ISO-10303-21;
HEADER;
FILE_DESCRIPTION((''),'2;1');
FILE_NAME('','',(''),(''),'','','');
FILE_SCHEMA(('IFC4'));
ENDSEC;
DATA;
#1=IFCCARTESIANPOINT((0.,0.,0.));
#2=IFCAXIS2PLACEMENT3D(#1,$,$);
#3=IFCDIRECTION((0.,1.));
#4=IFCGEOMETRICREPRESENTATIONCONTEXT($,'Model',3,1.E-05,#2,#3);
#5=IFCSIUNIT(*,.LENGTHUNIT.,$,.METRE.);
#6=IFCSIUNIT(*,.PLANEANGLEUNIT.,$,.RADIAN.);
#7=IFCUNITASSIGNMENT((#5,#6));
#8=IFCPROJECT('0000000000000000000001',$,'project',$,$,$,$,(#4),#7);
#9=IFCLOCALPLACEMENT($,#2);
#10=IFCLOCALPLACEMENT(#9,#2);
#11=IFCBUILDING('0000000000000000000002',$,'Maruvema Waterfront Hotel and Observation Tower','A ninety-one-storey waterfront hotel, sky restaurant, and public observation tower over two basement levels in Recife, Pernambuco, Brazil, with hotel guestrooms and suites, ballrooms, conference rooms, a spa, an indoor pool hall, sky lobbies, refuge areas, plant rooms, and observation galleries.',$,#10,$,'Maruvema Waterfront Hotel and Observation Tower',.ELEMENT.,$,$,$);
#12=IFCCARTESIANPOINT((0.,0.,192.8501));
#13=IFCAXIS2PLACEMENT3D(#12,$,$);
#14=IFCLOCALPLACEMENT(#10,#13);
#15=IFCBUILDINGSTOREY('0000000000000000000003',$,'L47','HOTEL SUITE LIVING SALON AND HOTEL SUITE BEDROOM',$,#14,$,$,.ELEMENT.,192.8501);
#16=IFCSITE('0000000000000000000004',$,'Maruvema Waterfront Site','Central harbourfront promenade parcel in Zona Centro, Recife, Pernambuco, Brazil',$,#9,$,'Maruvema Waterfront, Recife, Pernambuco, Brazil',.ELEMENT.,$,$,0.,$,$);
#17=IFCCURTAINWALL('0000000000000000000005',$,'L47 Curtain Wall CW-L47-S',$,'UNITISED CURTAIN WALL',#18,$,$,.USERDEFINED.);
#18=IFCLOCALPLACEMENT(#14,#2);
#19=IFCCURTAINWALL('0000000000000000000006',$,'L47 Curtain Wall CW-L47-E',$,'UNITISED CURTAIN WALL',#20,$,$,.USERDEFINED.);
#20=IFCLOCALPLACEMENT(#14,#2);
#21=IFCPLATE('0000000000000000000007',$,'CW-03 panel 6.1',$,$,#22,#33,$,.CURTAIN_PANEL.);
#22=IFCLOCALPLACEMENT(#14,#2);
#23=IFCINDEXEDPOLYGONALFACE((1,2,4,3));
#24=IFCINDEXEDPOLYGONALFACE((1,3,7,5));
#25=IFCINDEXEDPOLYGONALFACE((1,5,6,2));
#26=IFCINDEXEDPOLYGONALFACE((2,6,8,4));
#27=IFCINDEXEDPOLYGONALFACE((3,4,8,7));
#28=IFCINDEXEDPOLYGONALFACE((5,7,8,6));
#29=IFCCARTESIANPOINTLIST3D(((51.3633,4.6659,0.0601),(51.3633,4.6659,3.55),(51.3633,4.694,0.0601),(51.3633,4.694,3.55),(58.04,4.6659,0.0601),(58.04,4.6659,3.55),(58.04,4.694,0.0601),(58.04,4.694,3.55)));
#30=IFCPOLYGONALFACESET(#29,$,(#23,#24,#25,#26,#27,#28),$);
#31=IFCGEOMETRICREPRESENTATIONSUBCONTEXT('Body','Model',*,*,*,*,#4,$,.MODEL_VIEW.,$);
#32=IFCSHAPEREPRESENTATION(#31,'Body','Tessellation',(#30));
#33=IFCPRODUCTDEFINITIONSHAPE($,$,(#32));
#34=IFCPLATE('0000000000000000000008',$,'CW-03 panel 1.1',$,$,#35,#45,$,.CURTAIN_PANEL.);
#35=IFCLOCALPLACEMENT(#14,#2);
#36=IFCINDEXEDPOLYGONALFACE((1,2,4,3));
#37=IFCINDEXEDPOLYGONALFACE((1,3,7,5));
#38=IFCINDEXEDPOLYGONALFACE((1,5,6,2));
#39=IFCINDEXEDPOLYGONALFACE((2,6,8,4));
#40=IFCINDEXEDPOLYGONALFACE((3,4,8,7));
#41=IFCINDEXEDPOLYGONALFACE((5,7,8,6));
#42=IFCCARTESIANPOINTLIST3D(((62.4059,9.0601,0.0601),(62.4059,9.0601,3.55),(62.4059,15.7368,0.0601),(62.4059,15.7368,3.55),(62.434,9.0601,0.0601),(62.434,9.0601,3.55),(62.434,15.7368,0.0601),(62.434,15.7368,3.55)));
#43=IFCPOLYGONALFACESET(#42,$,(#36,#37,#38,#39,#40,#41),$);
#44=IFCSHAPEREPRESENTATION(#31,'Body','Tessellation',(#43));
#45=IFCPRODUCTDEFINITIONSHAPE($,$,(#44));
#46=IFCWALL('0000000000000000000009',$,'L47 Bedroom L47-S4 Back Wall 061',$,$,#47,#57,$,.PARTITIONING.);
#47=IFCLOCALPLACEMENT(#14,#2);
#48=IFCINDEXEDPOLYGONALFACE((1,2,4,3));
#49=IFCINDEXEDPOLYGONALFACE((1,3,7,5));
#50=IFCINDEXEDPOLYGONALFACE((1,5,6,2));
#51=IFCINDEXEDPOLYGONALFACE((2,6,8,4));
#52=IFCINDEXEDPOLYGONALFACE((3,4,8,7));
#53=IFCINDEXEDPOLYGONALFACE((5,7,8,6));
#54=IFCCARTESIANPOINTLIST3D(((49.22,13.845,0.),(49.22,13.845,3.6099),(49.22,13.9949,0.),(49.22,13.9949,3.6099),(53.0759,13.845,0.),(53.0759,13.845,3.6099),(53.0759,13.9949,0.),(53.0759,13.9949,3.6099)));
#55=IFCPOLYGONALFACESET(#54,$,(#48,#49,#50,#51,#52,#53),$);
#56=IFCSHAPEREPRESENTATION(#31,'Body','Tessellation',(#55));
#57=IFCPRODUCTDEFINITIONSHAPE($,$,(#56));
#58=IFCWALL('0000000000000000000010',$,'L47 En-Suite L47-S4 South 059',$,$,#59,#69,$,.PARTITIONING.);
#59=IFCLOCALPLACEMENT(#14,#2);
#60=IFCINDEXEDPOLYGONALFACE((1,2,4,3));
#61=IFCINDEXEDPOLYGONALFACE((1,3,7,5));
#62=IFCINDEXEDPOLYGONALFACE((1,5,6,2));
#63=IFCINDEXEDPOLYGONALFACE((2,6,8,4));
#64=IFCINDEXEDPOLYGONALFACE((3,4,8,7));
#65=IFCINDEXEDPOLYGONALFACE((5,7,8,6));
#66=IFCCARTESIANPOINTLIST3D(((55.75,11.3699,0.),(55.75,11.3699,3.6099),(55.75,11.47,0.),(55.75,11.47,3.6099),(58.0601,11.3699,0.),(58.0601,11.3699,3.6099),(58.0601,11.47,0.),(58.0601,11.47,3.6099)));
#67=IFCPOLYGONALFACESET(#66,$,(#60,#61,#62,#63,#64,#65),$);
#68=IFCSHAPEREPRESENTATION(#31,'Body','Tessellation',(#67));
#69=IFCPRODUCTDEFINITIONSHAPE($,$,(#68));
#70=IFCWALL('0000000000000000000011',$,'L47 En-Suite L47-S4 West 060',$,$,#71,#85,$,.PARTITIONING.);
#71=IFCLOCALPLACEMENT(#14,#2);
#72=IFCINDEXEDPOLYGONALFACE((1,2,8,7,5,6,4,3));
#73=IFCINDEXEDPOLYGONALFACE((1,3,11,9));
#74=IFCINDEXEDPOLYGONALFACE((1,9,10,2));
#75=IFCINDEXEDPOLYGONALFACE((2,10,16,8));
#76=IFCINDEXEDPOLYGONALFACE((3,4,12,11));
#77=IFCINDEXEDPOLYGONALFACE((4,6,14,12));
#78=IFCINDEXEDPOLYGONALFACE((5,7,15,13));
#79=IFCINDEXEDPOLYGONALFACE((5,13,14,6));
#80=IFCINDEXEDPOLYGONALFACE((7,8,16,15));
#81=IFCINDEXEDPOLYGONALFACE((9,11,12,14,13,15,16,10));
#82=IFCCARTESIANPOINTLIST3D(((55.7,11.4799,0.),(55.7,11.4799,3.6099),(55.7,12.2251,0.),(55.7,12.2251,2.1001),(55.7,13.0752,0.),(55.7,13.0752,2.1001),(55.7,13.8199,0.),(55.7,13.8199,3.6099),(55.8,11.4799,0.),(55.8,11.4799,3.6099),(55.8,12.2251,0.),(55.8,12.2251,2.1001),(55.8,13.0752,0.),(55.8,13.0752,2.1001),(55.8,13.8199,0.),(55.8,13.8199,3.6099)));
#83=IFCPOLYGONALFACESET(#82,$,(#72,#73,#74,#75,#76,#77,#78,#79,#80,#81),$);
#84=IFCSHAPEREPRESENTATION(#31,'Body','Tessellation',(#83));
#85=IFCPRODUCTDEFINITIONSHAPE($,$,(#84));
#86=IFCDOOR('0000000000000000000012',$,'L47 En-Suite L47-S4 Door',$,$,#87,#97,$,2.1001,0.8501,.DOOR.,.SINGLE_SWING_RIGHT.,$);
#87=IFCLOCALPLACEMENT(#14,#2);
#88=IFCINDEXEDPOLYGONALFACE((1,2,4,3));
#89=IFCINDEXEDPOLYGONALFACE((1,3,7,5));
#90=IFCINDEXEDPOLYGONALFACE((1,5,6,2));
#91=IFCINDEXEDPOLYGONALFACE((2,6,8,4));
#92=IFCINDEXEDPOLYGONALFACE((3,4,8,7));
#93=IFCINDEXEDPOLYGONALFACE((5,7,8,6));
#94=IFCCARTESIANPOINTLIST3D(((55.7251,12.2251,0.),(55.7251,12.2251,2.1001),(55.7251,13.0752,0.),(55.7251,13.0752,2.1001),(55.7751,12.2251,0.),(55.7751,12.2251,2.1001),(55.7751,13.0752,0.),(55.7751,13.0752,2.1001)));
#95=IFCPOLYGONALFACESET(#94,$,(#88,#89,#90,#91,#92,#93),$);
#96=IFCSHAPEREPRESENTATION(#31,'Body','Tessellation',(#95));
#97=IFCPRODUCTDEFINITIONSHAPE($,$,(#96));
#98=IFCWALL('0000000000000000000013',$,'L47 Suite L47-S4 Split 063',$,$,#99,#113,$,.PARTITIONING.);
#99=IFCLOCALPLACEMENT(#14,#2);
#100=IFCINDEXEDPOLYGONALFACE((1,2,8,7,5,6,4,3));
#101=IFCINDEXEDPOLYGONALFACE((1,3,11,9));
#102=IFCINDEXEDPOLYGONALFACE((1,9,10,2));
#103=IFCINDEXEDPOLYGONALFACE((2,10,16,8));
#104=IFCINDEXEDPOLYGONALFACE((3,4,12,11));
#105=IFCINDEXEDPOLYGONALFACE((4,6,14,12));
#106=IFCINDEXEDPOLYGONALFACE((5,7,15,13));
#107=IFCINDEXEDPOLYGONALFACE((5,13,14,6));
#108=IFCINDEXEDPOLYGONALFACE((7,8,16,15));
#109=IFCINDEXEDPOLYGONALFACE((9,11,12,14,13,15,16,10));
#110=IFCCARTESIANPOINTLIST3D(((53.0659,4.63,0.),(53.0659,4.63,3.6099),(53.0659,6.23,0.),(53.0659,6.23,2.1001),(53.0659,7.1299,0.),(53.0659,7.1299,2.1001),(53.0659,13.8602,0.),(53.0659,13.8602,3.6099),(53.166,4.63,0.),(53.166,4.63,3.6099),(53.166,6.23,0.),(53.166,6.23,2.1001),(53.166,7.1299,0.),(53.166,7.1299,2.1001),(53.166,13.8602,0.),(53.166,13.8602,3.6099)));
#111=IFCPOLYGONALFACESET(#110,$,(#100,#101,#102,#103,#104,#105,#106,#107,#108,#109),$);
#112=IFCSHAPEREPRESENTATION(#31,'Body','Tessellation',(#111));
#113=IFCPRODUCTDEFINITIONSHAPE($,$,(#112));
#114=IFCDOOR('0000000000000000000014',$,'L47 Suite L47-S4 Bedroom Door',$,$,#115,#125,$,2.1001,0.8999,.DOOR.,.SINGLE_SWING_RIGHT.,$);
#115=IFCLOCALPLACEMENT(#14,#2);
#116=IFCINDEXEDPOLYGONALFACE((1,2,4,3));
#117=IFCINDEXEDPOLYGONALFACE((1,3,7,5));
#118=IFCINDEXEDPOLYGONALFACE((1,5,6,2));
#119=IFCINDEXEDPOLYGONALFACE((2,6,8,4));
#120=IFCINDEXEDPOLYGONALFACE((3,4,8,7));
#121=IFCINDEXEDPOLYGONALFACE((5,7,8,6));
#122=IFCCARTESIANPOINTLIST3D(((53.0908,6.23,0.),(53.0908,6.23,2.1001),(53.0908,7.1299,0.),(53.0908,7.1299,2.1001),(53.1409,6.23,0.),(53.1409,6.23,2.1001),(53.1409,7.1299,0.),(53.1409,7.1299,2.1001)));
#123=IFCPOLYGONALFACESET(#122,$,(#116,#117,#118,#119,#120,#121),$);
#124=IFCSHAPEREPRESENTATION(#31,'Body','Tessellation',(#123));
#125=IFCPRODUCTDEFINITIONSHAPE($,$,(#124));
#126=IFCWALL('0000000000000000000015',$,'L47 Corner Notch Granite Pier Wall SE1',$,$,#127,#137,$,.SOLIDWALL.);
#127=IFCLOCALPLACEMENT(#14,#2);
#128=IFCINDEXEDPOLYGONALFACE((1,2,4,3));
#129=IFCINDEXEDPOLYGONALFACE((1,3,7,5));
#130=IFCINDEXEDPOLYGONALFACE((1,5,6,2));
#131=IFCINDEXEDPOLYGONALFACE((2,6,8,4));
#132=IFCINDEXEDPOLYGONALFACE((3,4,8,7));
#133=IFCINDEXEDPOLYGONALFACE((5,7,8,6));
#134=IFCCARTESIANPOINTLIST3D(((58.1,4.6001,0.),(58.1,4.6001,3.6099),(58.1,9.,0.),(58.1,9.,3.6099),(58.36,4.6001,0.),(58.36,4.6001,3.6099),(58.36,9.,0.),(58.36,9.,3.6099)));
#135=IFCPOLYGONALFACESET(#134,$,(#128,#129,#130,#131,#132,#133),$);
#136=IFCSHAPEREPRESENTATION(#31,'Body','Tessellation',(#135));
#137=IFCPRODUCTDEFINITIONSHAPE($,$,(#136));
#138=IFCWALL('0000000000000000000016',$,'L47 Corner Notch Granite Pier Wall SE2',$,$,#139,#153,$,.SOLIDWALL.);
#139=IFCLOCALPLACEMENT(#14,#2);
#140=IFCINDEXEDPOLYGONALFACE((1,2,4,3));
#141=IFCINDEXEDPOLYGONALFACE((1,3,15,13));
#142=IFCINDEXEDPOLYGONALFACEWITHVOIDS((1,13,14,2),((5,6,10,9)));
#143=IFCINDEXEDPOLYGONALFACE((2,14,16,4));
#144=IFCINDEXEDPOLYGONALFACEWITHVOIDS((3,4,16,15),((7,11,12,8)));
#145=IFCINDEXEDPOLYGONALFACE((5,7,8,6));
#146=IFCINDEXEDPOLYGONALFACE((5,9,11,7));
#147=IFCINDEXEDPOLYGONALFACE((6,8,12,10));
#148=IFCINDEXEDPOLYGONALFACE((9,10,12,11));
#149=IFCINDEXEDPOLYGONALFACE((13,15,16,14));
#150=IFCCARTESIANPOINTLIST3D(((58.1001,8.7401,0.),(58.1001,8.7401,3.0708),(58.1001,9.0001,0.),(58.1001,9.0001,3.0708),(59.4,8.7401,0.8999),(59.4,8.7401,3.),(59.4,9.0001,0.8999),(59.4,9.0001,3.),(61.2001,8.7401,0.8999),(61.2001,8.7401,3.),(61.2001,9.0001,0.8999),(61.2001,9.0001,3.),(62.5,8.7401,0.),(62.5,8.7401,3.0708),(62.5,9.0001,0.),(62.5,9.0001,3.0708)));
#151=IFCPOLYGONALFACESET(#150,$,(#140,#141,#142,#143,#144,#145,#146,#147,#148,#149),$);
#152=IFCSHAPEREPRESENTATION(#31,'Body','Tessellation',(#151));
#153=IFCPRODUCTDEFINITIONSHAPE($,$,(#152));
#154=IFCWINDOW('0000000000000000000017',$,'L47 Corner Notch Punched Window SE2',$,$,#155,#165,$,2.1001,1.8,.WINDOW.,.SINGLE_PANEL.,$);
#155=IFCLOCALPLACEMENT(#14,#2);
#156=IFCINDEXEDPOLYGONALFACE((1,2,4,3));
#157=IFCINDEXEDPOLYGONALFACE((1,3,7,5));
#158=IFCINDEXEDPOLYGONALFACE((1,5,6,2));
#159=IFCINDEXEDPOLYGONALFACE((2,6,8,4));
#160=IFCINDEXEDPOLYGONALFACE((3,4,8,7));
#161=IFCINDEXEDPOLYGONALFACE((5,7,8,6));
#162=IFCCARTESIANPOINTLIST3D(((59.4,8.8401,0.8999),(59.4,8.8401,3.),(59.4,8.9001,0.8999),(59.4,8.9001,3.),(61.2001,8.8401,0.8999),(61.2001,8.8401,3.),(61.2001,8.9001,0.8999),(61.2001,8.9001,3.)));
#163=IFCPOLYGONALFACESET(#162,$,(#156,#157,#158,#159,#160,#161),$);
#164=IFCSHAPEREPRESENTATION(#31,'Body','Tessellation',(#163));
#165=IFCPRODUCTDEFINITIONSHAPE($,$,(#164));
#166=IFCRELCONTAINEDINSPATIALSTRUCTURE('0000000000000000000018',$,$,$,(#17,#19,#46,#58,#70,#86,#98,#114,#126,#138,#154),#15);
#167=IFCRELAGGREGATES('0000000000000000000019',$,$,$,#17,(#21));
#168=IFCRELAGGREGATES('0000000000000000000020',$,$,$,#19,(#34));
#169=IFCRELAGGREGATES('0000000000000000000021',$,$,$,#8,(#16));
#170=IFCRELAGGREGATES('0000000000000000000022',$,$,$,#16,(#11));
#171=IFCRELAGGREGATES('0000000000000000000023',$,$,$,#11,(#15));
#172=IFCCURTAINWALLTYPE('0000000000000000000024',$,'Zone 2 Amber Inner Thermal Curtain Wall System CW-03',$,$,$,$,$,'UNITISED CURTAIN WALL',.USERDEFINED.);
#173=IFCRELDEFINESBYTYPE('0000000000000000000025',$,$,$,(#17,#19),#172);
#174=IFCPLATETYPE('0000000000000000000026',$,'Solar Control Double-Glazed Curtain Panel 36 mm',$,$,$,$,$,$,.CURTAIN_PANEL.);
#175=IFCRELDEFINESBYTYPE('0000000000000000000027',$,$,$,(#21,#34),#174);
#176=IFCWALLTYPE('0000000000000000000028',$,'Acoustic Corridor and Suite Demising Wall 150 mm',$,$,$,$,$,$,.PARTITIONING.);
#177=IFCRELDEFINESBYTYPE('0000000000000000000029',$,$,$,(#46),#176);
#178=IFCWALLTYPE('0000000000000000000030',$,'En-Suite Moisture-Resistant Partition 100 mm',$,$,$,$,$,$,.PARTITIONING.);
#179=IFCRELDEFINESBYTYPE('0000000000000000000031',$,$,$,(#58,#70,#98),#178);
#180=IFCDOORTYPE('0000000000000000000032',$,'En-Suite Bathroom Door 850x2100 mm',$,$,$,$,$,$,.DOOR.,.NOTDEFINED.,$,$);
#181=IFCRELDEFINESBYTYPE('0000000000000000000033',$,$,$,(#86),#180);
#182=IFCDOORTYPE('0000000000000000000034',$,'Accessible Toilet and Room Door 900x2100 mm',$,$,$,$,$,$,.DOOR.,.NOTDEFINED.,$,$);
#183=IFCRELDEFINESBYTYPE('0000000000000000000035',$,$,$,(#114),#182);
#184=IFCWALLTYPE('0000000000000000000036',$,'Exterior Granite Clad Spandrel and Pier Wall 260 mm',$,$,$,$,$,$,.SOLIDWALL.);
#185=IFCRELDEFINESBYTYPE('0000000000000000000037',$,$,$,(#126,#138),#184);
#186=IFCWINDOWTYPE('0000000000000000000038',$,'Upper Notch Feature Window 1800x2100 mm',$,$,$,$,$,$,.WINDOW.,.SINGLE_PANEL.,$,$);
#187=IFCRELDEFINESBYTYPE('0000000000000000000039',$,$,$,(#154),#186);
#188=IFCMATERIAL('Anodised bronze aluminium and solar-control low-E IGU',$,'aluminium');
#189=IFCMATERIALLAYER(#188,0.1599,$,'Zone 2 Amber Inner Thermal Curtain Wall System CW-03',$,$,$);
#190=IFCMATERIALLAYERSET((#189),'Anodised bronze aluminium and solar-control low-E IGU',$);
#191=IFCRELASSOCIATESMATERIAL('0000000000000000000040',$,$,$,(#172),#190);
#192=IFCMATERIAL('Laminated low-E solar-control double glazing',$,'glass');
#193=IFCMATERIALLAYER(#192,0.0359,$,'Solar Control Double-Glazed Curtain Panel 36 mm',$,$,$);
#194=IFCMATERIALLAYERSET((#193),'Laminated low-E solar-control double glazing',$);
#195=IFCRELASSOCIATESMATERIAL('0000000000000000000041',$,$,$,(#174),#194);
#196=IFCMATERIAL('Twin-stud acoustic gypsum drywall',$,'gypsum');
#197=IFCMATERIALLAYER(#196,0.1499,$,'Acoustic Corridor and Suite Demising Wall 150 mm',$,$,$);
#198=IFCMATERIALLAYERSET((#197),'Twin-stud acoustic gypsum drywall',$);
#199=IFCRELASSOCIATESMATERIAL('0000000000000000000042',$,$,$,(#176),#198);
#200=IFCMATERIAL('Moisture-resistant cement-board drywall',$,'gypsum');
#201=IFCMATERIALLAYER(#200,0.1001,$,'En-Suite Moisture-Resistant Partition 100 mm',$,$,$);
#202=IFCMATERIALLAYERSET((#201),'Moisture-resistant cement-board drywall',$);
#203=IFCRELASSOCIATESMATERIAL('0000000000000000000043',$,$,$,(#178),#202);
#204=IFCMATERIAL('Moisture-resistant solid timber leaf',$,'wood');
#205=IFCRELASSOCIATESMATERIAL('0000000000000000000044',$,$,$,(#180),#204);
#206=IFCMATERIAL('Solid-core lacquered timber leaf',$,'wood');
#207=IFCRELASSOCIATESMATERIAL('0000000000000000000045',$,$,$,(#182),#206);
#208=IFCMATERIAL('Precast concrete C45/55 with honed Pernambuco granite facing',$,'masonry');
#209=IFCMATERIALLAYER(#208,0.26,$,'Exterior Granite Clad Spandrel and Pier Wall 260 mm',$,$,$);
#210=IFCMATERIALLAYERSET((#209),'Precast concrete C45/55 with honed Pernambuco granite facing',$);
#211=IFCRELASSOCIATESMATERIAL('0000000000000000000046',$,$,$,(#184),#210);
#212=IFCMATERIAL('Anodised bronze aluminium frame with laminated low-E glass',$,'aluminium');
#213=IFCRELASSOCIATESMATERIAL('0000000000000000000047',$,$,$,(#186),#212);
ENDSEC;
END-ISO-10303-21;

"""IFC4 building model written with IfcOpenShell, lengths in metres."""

from ifc_helpers import new_model, si_unit, direction, frame, frame_2d, origin, origin_2d, place, context, subcontext, project, spatial, rectangle, extrude, material, layer, layer_set, type_object, element, fill, aggregate, save


model = new_model("IFC4")

# Units and contexts
model_context = context("Model", 3, precision=1e-05, world=origin(), true_north=direction((0.0, 1.0)))
body_context = subcontext(model_context, "Body", "Model", "MODEL_VIEW")
ifc_project = project(units=[si_unit("LENGTHUNIT", "METRE"), si_unit("PLANEANGLEUNIT", "RADIAN")], contexts=[model_context])

# Site, building, storey
site_placement = place(None, origin())
site = spatial("IfcSite", under=ifc_project, at=site_placement, Name="Maruvema Waterfront Site", Description="Central harbourfront promenade parcel in Zona Centro, Recife, Pernambuco, Brazil", LongName="Maruvema Waterfront, Recife, Pernambuco, Brazil", CompositionType="ELEMENT", RefElevation=0.0)
building_placement = place(site_placement, origin())
building = spatial("IfcBuilding", under=site, at=building_placement, Name="Maruvema Waterfront Hotel and Observation Tower", Description="A ninety-one-storey waterfront hotel, sky restaurant, and public observation tower over two basement levels in Recife, Pernambuco, Brazil, with hotel guestrooms and suites, ballrooms, conference rooms, a spa, an indoor pool hall, sky lobbies, refuge areas, plant rooms, and observation galleries.", LongName="Maruvema Waterfront Hotel and Observation Tower", CompositionType="ELEMENT")
storey_placement = place(building_placement, frame((0.0, 0.0, 192.8501)))
storey = spatial("IfcBuildingStorey", under=building, at=storey_placement, Name="L47", Description="HOTEL SUITE LIVING SALON AND HOTEL SUITE BEDROOM", CompositionType="ELEMENT", Elevation=192.8501)

# Curtain walls
ifc_material_1 = material(Name="Anodised bronze aluminium and solar-control low-E IGU", Category="aluminium")
ifc_layer_1 = layer(ifc_material_1, 0.1599, Name="Zone 2 Amber Inner Thermal Curtain Wall System CW-03")
ifc_layer_set_1 = layer_set([ifc_layer_1], Name="Anodised bronze aluminium and solar-control low-E IGU")
curtain_wall_type = type_object("IfcCurtainWallType", Name="Zone 2 Amber Inner Thermal Curtain Wall System CW-03", ElementType="UNITISED CURTAIN WALL", PredefinedType="USERDEFINED", material=ifc_layer_set_1)
curtain_wall_1_placement = place(storey_placement, origin())
curtain_wall_1 = element("IfcCurtainWall", 1, at=curtain_wall_1_placement, inside=storey, type_object=curtain_wall_type, Name="L47 Curtain Wall CW-L47-S", ObjectType="UNITISED CURTAIN WALL", PredefinedType="USERDEFINED")
curtain_wall_2_placement = place(storey_placement, origin())
curtain_wall_2 = element("IfcCurtainWall", 2, at=curtain_wall_2_placement, inside=storey, type_object=curtain_wall_type, Name="L47 Curtain Wall CW-L47-E", ObjectType="UNITISED CURTAIN WALL", PredefinedType="USERDEFINED")

# Plates
ifc_material_2 = material(Name="Laminated low-E solar-control double glazing", Category="glass")
ifc_layer_2 = layer(ifc_material_2, 0.0359, Name="Solar Control Double-Glazed Curtain Panel 36 mm")
ifc_layer_set_2 = layer_set([ifc_layer_2], Name="Laminated low-E solar-control double glazing")
plate_type = type_object("IfcPlateType", Name="Solar Control Double-Glazed Curtain Panel 36 mm", PredefinedType="CURTAIN_PANEL", material=ifc_layer_set_2)
plate_1_placement = place(storey_placement, frame((54.7017, 4.6799, 0.0601), z_axis=(0.0, 0.0, 1.0), x_axis=(1.0, 0.0, 0.0)))
plate_1 = element("IfcPlate", 3, at=plate_1_placement, type_object=plate_type, Name="CW-03 panel 6.1", PredefinedType="CURTAIN_PANEL", context=body_context, shape_type="SweptSolid", body=[
    extrude(rectangle(XDim=6.6768, YDim=0.0281, at=origin_2d()), origin(), (0.0, 0.0, 1.0), 3.49),
])
aggregate(curtain_wall_1, [plate_1])
plate_2_placement = place(storey_placement, frame((62.4199, 12.3984, 0.0601), z_axis=(0.0, 0.0, 1.0), x_axis=(0.0, 1.0, 0.0)))
plate_2 = element("IfcPlate", 4, at=plate_2_placement, type_object=plate_type, Name="CW-03 panel 1.1", PredefinedType="CURTAIN_PANEL", context=body_context, shape_type="SweptSolid", body=[
    extrude(rectangle(XDim=6.6768, YDim=0.0281, at=origin_2d()), origin(), (0.0, 0.0, 1.0), 3.49),
])
aggregate(curtain_wall_2, [plate_2])

# Walls
ifc_material_3 = material(Name="Twin-stud acoustic gypsum drywall", Category="gypsum")
ifc_layer_3 = layer(ifc_material_3, 0.1499, Name="Acoustic Corridor and Suite Demising Wall 150 mm")
ifc_layer_set_3 = layer_set([ifc_layer_3], Name="Twin-stud acoustic gypsum drywall")
wall_type_1 = type_object("IfcWallType", Name="Acoustic Corridor and Suite Demising Wall 150 mm", PredefinedType="PARTITIONING", material=ifc_layer_set_3)
wall_1_placement = place(storey_placement, frame((49.22, 13.9199, 0.0), z_axis=(0.0, 0.0, 1.0), x_axis=(1.0, 0.0, 0.0)))
element("IfcWall", 5, at=wall_1_placement, inside=storey, type_object=wall_type_1, Name="L47 Bedroom L47-S4 Back Wall 061", PredefinedType="PARTITIONING", context=body_context, shape_type="SweptSolid", body=[
    extrude(rectangle(XDim=3.856, YDim=0.1499, at=frame_2d((1.928, 0.0))), origin(), (0.0, 0.0, 1.0), 3.6099),
])
ifc_material_4 = material(Name="Moisture-resistant cement-board drywall", Category="gypsum")
ifc_layer_4 = layer(ifc_material_4, 0.1001, Name="En-Suite Moisture-Resistant Partition 100 mm")
ifc_layer_set_4 = layer_set([ifc_layer_4], Name="Moisture-resistant cement-board drywall")
wall_type_2 = type_object("IfcWallType", Name="En-Suite Moisture-Resistant Partition 100 mm", PredefinedType="PARTITIONING", material=ifc_layer_set_4)
wall_2_placement = place(storey_placement, frame((55.75, 11.4199, 0.0), z_axis=(0.0, 0.0, 1.0), x_axis=(1.0, 0.0, 0.0)))
element("IfcWall", 6, at=wall_2_placement, inside=storey, type_object=wall_type_2, Name="L47 En-Suite L47-S4 South 059", PredefinedType="PARTITIONING", context=body_context, shape_type="SweptSolid", body=[
    extrude(rectangle(XDim=2.3101, YDim=0.1001, at=frame_2d((1.155, 0.0))), origin(), (0.0, 0.0, 1.0), 3.6099),
])

# Walls, openings, doors
wall_3_placement = place(storey_placement, frame((55.75, 11.48, 0.0), z_axis=(0.0, 0.0, 1.0), x_axis=(0.0, 1.0, 0.0)))
wall_3 = element("IfcWall", 7, at=wall_3_placement, inside=storey, type_object=wall_type_2, Name="L47 En-Suite L47-S4 West 060", PredefinedType="PARTITIONING", context=body_context, shape_type="SweptSolid", body=[
    extrude(rectangle(XDim=2.3401, YDim=0.1001, at=frame_2d((1.1699, 0.0))), origin(), (0.0, 0.0, 1.0), 3.6099),
])
opening_1_placement = place(wall_3_placement, frame((0.7451, 0.0, 0.0)))
opening_1 = element("IfcOpeningElement", 8, at=opening_1_placement, cuts=wall_3, PredefinedType="OPENING", context=body_context, shape_type="SweptSolid", body=[
    extrude(rectangle(XDim=0.8501, YDim=2.1001, at=frame_2d((0.425, 1.05))), frame((0.0, 0.0601, 0.0), z_axis=(0.0, -1.0, 0.0), x_axis=(1.0, 0.0, 0.0)), (0.0, 0.0, 1.0), 0.1201),
])
ifc_material_5 = material(Name="Moisture-resistant solid timber leaf", Category="wood")
door_type_1 = type_object("IfcDoorType", Name="En-Suite Bathroom Door 850x2100 mm", OperationType="NOTDEFINED", PredefinedType="DOOR", material=ifc_material_5)
door_1_placement = place(opening_1_placement, origin())
door_1 = element("IfcDoor", 9, at=door_1_placement, inside=storey, type_object=door_type_1, Name="L47 En-Suite L47-S4 Door", OperationType="SINGLE_SWING_RIGHT", OverallHeight=2.1001, OverallWidth=0.8501, PredefinedType="DOOR", context=body_context, shape_type="SweptSolid", body=[
    extrude(rectangle(XDim=0.8501, YDim=2.1001, at=frame_2d((0.425, 1.05))), frame((0.0, 0.0249, 0.0), z_axis=(0.0, -1.0, 0.0), x_axis=(1.0, 0.0, 0.0)), (0.0, 0.0, 1.0), 0.05),
])
fill(opening_1, door_1)
wall_4_placement = place(storey_placement, frame((53.116, 4.6299, 0.0), z_axis=(0.0, 0.0, 1.0), x_axis=(0.0, 1.0, 0.0)))
wall_4 = element("IfcWall", 10, at=wall_4_placement, inside=storey, type_object=wall_type_2, Name="L47 Suite L47-S4 Split 063", PredefinedType="PARTITIONING", context=body_context, shape_type="SweptSolid", body=[
    extrude(rectangle(XDim=9.2302, YDim=0.1001, at=frame_2d((4.6152, 0.0))), origin(), (0.0, 0.0, 1.0), 3.6099),
])
opening_2_placement = place(wall_4_placement, frame((1.6001, 0.0, 0.0)))
opening_2 = element("IfcOpeningElement", 11, at=opening_2_placement, cuts=wall_4, PredefinedType="OPENING", context=body_context, shape_type="SweptSolid", body=[
    extrude(rectangle(XDim=0.8999, YDim=2.1001, at=frame_2d((0.45, 1.05))), frame((0.0, 0.0601, 0.0), z_axis=(0.0, -1.0, 0.0), x_axis=(1.0, 0.0, 0.0)), (0.0, 0.0, 1.0), 0.1201),
])
ifc_material_6 = material(Name="Solid-core lacquered timber leaf", Category="wood")
door_type_2 = type_object("IfcDoorType", Name="Accessible Toilet and Room Door 900x2100 mm", OperationType="NOTDEFINED", PredefinedType="DOOR", material=ifc_material_6)
door_2_placement = place(opening_2_placement, frame((0.8999, 0.0, 0.0), z_axis=(0.0, 0.0, 1.0), x_axis=(-1.0, 0.0, 0.0)))
door_2 = element("IfcDoor", 12, at=door_2_placement, inside=storey, type_object=door_type_2, Name="L47 Suite L47-S4 Bedroom Door", OperationType="SINGLE_SWING_RIGHT", OverallHeight=2.1001, OverallWidth=0.8999, PredefinedType="DOOR", context=body_context, shape_type="SweptSolid", body=[
    extrude(rectangle(XDim=0.8999, YDim=2.1001, at=frame_2d((0.45, 1.05))), frame((0.0, 0.0249, 0.0), z_axis=(0.0, -1.0, 0.0), x_axis=(1.0, 0.0, 0.0)), (0.0, 0.0, 1.0), 0.05),
])
fill(opening_2, door_2)

# Wall
ifc_material_7 = material(Name="Precast concrete C45/55 with honed Pernambuco granite facing", Category="masonry")
ifc_layer_5 = layer(ifc_material_7, 0.26, Name="Exterior Granite Clad Spandrel and Pier Wall 260 mm")
ifc_layer_set_5 = layer_set([ifc_layer_5], Name="Precast concrete C45/55 with honed Pernambuco granite facing")
wall_type_3 = type_object("IfcWallType", Name="Exterior Granite Clad Spandrel and Pier Wall 260 mm", PredefinedType="SOLIDWALL", material=ifc_layer_set_5)
wall_5_placement = place(storey_placement, frame((58.23, 9.0, 0.0), z_axis=(0.0, 0.0, 1.0), x_axis=(0.0, -1.0, 0.0)))
element("IfcWall", 13, at=wall_5_placement, inside=storey, type_object=wall_type_3, Name="L47 Corner Notch Granite Pier Wall SE1", PredefinedType="SOLIDWALL", context=body_context, shape_type="SweptSolid", body=[
    extrude(rectangle(XDim=4.3999, YDim=0.26, at=frame_2d((2.2, 0.0))), origin(), (0.0, 0.0, 1.0), 3.6099),
])

# Wall, opening, window
wall_6_placement = place(storey_placement, frame((62.5, 8.8701, 0.0), z_axis=(0.0, 0.0, 1.0), x_axis=(-1.0, 0.0, 0.0)))
wall_6 = element("IfcWall", 14, at=wall_6_placement, inside=storey, type_object=wall_type_3, Name="L47 Corner Notch Granite Pier Wall SE2", PredefinedType="SOLIDWALL", context=body_context, shape_type="SweptSolid", body=[
    extrude(rectangle(XDim=4.3999, YDim=0.26, at=frame_2d((2.2, 0.0))), origin(), (0.0, 0.0, 1.0), 3.0708),
])
opening_3_placement = place(wall_6_placement, frame((1.3, 0.0, 0.8999)))
opening_3 = element("IfcOpeningElement", 15, at=opening_3_placement, cuts=wall_6, PredefinedType="OPENING", context=body_context, shape_type="SweptSolid", body=[
    extrude(rectangle(XDim=1.8, YDim=2.1001, at=frame_2d((0.8999, 1.05))), frame((0.0, 0.1401, 0.0), z_axis=(0.0, -1.0, 0.0), x_axis=(1.0, 0.0, 0.0)), (0.0, 0.0, 1.0), 0.28),
])
ifc_material_8 = material(Name="Anodised bronze aluminium frame with laminated low-E glass", Category="aluminium")
window_type = type_object("IfcWindowType", Name="Upper Notch Feature Window 1800x2100 mm", PartitioningType="SINGLE_PANEL", PredefinedType="WINDOW", material=ifc_material_8)
window_placement = place(opening_3_placement, origin())
window = element("IfcWindow", 16, at=window_placement, inside=storey, type_object=window_type, Name="L47 Corner Notch Punched Window SE2", OverallHeight=2.1001, OverallWidth=1.8, PartitioningType="SINGLE_PANEL", PredefinedType="WINDOW", context=body_context, shape_type="SweptSolid", body=[
    extrude(rectangle(XDim=1.8, YDim=2.1001, at=frame_2d((0.8999, 1.05))), frame((0.0, 0.03, 0.0), z_axis=(0.0, -1.0, 0.0), x_axis=(1.0, 0.0, 0.0)), (0.0, 0.0, 1.0), 0.0601),
])
fill(opening_3, window)

save(model, "model.ifc")
